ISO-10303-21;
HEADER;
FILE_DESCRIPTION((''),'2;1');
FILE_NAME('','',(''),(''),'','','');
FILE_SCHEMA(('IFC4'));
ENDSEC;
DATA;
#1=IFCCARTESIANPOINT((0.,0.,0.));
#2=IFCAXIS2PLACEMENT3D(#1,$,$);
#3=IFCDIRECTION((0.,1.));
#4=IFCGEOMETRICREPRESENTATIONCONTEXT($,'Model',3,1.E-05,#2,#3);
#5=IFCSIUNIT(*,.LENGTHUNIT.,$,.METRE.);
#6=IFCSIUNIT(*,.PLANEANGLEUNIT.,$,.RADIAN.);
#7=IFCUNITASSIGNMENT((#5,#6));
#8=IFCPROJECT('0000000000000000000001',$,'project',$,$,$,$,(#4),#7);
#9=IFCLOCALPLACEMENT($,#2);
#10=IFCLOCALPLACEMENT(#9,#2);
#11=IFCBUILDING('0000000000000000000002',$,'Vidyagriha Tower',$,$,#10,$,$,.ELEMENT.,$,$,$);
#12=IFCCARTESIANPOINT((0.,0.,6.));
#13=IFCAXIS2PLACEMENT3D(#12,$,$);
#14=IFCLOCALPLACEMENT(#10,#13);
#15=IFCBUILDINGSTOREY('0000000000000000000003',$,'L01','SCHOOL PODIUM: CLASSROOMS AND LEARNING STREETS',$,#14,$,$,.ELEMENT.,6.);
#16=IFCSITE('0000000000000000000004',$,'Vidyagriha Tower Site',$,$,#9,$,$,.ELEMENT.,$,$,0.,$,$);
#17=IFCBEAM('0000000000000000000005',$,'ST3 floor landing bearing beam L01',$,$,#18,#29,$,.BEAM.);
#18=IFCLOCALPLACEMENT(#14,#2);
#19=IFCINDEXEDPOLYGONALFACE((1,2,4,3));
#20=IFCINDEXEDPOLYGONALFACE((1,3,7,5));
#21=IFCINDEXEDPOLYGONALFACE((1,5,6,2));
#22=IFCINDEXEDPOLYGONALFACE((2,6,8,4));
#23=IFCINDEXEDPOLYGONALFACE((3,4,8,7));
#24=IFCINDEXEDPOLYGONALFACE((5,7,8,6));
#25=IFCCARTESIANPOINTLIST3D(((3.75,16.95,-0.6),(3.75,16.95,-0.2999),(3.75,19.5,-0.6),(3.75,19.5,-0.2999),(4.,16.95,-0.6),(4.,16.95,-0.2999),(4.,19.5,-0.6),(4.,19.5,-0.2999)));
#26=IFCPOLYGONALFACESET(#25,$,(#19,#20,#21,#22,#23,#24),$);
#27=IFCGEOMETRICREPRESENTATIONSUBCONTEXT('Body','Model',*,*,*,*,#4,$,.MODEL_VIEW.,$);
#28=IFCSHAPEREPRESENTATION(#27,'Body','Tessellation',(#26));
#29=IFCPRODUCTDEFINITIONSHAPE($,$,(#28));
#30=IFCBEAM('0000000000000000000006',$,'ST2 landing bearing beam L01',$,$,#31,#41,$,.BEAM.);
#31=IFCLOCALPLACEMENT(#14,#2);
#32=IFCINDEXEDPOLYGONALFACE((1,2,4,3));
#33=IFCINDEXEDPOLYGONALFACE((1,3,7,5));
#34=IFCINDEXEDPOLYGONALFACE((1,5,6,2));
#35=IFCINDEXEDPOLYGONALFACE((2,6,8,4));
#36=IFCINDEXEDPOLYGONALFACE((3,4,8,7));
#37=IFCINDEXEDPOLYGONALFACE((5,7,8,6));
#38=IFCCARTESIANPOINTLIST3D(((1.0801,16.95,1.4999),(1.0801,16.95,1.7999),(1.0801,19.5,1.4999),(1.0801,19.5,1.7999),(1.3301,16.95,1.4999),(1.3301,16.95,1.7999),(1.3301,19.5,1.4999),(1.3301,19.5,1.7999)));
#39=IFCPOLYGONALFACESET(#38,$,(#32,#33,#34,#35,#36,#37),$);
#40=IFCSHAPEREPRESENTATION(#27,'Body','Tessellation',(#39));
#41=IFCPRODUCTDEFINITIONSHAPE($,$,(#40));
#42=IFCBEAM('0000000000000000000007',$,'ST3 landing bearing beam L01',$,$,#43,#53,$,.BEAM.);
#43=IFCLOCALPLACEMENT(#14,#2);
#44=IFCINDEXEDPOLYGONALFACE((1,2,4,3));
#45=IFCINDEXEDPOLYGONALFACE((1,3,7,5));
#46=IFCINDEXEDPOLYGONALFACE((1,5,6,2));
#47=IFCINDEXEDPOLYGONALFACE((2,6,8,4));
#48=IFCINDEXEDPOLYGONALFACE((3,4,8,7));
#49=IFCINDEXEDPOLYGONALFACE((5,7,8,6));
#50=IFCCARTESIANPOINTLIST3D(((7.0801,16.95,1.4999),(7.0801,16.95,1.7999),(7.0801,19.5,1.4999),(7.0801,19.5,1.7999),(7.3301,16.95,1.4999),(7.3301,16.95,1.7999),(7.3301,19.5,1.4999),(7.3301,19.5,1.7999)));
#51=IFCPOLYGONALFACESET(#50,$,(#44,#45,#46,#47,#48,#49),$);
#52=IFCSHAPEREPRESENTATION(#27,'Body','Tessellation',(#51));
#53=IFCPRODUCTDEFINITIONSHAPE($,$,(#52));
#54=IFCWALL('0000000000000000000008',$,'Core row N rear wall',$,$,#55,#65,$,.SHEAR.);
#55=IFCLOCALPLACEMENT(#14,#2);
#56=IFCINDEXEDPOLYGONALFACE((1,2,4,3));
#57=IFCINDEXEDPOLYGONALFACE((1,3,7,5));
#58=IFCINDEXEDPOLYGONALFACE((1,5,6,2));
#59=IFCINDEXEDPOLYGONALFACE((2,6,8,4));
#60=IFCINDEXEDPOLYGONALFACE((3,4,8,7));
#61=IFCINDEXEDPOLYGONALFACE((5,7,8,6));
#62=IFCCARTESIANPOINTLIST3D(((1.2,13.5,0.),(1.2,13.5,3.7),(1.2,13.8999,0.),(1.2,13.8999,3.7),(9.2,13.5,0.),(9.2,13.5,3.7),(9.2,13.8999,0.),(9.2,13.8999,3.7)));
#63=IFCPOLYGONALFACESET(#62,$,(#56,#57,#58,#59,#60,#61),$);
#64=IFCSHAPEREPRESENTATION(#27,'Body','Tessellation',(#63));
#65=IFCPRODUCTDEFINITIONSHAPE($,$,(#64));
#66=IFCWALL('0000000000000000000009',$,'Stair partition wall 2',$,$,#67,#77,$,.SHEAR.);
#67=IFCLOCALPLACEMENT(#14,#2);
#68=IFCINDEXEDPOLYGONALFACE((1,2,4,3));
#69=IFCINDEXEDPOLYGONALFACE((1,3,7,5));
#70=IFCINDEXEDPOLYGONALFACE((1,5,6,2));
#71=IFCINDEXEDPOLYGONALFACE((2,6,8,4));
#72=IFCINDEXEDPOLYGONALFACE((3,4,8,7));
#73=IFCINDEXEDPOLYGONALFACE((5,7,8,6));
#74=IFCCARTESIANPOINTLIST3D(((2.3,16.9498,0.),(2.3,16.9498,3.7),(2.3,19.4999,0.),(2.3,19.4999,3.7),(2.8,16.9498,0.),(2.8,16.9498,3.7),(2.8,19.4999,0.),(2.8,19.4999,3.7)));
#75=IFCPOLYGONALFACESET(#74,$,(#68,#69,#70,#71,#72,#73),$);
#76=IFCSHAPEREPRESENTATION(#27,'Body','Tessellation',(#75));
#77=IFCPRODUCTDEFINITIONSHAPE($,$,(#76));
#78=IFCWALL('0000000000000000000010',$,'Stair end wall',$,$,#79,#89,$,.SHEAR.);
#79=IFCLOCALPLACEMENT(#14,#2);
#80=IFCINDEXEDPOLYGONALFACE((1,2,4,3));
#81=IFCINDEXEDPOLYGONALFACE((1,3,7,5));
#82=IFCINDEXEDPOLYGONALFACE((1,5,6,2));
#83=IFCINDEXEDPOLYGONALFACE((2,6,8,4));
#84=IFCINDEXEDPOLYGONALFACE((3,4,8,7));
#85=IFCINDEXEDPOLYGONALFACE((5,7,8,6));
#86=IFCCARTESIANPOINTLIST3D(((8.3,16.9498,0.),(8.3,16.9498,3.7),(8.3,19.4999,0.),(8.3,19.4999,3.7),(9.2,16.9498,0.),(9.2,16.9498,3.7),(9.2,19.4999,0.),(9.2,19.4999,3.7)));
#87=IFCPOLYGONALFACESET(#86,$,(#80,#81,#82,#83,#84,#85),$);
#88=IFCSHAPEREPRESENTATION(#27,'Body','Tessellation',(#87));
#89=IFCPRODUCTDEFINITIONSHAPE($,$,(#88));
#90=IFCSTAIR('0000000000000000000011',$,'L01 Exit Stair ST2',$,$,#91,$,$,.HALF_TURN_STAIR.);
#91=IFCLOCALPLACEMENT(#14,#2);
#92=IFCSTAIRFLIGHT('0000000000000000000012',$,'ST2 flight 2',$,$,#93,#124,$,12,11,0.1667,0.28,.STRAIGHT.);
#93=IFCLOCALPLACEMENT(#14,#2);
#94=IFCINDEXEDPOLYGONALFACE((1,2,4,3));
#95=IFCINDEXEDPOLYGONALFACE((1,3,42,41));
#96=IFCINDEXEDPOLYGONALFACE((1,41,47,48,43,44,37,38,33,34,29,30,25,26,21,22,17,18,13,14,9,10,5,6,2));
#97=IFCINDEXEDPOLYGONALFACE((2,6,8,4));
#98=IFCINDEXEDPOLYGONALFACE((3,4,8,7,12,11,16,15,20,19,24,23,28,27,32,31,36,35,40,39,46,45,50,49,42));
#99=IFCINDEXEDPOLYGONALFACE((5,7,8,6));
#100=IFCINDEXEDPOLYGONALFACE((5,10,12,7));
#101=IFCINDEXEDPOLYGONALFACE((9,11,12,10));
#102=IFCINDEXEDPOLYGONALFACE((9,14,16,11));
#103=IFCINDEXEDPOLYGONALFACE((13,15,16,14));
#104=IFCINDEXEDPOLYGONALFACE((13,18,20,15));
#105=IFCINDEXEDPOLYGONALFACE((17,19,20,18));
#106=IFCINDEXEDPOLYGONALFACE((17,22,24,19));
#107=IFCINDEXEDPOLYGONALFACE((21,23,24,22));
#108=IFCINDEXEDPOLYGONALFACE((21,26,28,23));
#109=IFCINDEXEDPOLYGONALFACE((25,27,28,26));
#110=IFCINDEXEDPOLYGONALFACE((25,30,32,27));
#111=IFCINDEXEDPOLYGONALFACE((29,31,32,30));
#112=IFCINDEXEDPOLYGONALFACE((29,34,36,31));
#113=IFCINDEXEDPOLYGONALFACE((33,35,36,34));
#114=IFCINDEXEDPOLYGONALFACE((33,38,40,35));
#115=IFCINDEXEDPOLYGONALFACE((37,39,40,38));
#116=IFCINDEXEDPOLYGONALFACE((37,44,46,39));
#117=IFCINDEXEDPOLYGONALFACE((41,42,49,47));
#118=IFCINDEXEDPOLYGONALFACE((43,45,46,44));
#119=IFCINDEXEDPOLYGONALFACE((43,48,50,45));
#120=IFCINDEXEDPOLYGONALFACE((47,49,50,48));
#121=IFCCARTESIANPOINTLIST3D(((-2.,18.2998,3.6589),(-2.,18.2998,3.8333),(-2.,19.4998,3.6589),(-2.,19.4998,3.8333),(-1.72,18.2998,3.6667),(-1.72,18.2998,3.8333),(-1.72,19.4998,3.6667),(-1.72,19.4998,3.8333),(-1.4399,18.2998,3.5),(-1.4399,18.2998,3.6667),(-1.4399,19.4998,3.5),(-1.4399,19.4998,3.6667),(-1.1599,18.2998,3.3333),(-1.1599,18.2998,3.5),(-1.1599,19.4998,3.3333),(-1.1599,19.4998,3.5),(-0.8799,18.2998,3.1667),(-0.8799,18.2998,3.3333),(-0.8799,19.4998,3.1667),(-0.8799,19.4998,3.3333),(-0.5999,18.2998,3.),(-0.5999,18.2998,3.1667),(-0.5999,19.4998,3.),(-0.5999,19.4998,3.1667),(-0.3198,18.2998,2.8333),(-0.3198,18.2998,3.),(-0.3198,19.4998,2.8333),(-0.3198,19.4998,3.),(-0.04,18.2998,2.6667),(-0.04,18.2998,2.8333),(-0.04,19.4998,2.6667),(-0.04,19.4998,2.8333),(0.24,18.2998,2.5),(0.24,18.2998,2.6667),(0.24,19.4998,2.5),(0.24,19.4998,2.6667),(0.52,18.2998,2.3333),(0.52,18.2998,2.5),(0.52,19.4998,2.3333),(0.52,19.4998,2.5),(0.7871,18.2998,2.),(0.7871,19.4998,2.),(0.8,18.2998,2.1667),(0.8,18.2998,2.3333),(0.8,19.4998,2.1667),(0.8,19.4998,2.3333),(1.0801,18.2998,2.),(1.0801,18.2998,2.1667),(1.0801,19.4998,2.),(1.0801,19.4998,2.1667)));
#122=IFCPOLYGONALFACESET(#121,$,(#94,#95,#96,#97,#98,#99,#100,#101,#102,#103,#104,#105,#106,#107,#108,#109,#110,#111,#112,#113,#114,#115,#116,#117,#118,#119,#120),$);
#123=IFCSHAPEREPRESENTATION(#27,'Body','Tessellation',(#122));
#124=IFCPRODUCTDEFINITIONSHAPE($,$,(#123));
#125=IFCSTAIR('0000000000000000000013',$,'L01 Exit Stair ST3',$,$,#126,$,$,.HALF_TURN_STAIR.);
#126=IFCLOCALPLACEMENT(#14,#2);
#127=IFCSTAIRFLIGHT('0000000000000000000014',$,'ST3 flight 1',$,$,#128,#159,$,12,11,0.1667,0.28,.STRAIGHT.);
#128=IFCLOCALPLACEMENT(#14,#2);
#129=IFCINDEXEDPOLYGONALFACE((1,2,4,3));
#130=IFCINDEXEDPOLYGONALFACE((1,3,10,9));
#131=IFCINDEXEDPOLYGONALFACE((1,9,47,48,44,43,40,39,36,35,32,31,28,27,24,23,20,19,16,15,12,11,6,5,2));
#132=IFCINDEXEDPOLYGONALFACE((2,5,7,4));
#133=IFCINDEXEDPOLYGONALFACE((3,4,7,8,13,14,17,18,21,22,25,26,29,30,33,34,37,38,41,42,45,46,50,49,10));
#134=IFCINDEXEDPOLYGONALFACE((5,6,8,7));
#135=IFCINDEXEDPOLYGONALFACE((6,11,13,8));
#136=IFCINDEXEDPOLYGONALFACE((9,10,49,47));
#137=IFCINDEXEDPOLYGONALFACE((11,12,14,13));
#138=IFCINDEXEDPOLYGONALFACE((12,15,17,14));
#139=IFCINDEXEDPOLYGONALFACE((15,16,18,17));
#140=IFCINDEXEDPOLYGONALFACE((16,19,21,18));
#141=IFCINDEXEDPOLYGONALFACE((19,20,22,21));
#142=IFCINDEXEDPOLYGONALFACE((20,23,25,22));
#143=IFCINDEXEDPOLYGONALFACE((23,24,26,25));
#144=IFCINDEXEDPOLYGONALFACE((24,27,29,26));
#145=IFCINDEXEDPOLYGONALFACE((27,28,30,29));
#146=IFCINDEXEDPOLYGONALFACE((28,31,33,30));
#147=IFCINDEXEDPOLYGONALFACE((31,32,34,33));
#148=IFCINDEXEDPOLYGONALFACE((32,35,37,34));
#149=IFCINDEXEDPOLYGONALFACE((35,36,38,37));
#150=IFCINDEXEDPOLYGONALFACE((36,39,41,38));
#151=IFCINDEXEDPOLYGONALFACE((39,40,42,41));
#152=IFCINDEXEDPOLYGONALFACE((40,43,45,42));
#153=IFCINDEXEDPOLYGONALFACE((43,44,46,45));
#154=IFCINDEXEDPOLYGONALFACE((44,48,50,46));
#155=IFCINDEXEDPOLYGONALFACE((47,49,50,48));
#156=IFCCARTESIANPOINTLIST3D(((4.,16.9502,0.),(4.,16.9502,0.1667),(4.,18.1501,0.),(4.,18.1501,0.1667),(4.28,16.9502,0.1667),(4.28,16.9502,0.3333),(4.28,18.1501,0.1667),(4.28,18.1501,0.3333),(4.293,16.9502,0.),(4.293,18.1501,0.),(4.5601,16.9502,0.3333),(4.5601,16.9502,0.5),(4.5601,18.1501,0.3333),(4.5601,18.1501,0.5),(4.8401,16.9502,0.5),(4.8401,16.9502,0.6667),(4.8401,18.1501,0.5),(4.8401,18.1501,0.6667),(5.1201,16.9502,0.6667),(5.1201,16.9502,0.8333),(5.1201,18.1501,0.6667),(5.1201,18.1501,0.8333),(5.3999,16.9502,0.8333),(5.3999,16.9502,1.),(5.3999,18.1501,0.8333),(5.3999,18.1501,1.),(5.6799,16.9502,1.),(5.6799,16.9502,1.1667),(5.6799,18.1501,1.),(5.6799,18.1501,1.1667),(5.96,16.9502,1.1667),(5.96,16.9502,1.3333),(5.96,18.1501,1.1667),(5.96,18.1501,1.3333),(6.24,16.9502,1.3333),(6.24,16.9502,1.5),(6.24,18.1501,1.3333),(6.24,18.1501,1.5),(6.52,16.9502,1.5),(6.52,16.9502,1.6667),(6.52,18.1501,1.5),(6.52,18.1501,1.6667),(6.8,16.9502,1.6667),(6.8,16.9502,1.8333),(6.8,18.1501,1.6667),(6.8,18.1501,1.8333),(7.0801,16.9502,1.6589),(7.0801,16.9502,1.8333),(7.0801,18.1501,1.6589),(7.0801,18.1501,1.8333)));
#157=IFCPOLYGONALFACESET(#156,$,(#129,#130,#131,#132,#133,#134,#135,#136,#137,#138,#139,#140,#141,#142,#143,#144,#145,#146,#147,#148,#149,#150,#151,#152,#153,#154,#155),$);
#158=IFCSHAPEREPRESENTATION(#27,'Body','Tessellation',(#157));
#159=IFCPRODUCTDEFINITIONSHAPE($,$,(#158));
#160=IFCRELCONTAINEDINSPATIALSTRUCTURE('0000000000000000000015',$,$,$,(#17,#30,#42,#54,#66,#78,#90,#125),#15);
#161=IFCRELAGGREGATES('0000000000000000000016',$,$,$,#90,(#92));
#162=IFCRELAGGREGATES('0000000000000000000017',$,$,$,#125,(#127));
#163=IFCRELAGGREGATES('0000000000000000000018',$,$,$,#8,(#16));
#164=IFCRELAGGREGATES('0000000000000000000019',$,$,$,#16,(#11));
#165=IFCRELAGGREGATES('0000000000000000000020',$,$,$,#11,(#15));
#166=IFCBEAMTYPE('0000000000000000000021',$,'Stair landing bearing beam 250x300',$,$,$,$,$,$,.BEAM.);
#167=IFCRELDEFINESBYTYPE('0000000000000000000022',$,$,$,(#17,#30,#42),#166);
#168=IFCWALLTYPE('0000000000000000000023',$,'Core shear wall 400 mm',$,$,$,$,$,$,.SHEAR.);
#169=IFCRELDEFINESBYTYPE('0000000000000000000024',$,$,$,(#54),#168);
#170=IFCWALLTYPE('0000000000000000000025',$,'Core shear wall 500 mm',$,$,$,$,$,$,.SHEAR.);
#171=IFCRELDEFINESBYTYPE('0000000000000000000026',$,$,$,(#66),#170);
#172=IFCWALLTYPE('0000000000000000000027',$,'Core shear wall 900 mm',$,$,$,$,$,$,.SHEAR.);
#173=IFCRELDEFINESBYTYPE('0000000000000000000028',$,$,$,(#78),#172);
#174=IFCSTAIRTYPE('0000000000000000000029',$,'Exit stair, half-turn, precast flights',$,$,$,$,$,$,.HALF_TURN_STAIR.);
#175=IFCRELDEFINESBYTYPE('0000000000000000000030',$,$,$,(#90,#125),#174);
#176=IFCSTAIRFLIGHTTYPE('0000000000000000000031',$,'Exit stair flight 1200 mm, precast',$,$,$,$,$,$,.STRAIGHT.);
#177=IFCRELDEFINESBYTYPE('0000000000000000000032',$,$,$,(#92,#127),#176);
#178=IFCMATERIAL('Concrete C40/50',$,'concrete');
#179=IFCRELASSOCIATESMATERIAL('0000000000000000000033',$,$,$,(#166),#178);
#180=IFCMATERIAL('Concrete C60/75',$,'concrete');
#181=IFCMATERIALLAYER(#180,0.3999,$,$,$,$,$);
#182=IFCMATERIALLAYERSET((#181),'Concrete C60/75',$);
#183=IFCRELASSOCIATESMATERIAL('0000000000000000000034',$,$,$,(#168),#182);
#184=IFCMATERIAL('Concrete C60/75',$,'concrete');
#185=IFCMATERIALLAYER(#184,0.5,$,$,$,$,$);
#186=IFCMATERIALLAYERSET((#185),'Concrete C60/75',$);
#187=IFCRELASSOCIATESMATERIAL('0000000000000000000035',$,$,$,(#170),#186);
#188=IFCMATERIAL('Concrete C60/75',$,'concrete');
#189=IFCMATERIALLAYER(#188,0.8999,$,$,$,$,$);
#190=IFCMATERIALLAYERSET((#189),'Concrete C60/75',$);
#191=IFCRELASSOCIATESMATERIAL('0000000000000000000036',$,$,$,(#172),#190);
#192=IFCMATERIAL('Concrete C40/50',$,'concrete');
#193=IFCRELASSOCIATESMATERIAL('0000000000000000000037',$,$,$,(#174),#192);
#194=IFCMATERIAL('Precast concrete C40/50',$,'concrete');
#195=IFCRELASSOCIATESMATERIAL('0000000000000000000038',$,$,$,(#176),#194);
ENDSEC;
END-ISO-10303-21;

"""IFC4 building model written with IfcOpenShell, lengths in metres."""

from ifc_helpers import new_model, si_unit, direction, frame, frame_2d, origin, origin_2d, place, context, subcontext, project, spatial, polyline, rectangle, outline, extrude, material, layer, layer_set, material_profile, profile_set, type_object, element, aggregate, save


model = new_model("IFC4")

# Units and contexts
model_context = context("Model", 3, precision=1e-05, world=origin(), true_north=direction((0.0, 1.0)))
body_context = subcontext(model_context, "Body", "Model", "MODEL_VIEW")
ifc_project = project(units=[si_unit("LENGTHUNIT", "METRE"), si_unit("PLANEANGLEUNIT", "RADIAN")], contexts=[model_context])

# Site, building, storey
site_placement = place(None, origin())
site = spatial("IfcSite", under=ifc_project, at=site_placement, Name="Vidyagriha Tower Site", CompositionType="ELEMENT", RefElevation=0.0)
building_placement = place(site_placement, origin())
building = spatial("IfcBuilding", under=site, at=building_placement, Name="Vidyagriha Tower", CompositionType="ELEMENT")
storey_placement = place(building_placement, frame((0.0, 0.0, 6.0)))
storey = spatial("IfcBuildingStorey", under=building, at=storey_placement, Name="L01", Description="SCHOOL PODIUM: CLASSROOMS AND LEARNING STREETS", CompositionType="ELEMENT", Elevation=6.0)

# Beams
ifc_material_1 = material(Name="Concrete C40/50", Category="concrete")
ifc_material_profile = material_profile(ifc_material_1, rectangle(XDim=0.25, YDim=0.3, at=origin_2d()), Name="Stair landing bearing beam 250x300")
ifc_profile_set = profile_set([ifc_material_profile], Name="Concrete C40/50")
beam_type = type_object("IfcBeamType", Name="Stair landing bearing beam 250x300", PredefinedType="BEAM", material=ifc_profile_set)
for number, where, z_axis, x_axis, name in (
    (1, (3.875, 16.95, -0.45), (0.0, 1.0, 0.0), (-1.0, 0.0, 0.0), "ST3 floor landing bearing beam L01"),
    (2, (1.2051, 16.95, 1.6499), (0.0, 1.0, 0.0), (-1.0, 0.0, 0.0), "ST2 landing bearing beam L01"),
    (3, (7.2051, 16.95, 1.6499), (0.0, 1.0, 0.0), (-1.0, 0.0, 0.0), "ST3 landing bearing beam L01"),
):
    element("IfcBeam", number, at=place(storey_placement, frame(where, z_axis=z_axis, x_axis=x_axis)), inside=storey, type_object=beam_type, Name=name, PredefinedType="BEAM", context=body_context, shape_type="SweptSolid", body=[
        extrude(rectangle(XDim=0.25, YDim=0.3, at=origin_2d()), origin(), (0.0, 0.0, 1.0), 2.55),
    ])

# Walls
ifc_material_2 = material(Name="Concrete C60/75", Category="concrete")
ifc_layer_1 = layer(ifc_material_2, 0.3999)
ifc_layer_set_1 = layer_set([ifc_layer_1], Name="Concrete C60/75")
wall_type_1 = type_object("IfcWallType", Name="Core shear wall 400 mm", PredefinedType="SHEAR", material=ifc_layer_set_1)
wall_1_placement = place(storey_placement, frame((1.2, 13.7, 0.0)))
element("IfcWall", 4, at=wall_1_placement, inside=storey, type_object=wall_type_1, Name="Core row N rear wall", PredefinedType="SHEAR", context=body_context, shape_type="SweptSolid", body=[
    extrude(rectangle(XDim=8.0, YDim=0.3999, at=frame_2d((4.0, 0.0))), origin(), (0.0, 0.0, 1.0), 3.7),
])
ifc_material_3 = material(Name="Concrete C60/75", Category="concrete")
ifc_layer_2 = layer(ifc_material_3, 0.5)
ifc_layer_set_2 = layer_set([ifc_layer_2], Name="Concrete C60/75")
wall_type_2 = type_object("IfcWallType", Name="Core shear wall 500 mm", PredefinedType="SHEAR", material=ifc_layer_set_2)
wall_2_placement = place(storey_placement, frame((2.55, 16.95, 0.0), z_axis=(0.0, 0.0, 1.0), x_axis=(0.0, 1.0, 0.0)))
element("IfcWall", 5, at=wall_2_placement, inside=storey, type_object=wall_type_2, Name="Stair partition wall 2", PredefinedType="SHEAR", context=body_context, shape_type="SweptSolid", body=[
    extrude(rectangle(XDim=2.55, YDim=0.5, at=frame_2d((1.2749, 0.0))), origin(), (0.0, 0.0, 1.0), 3.7),
])
ifc_material_4 = material(Name="Concrete C60/75", Category="concrete")
ifc_layer_3 = layer(ifc_material_4, 0.8999)
ifc_layer_set_3 = layer_set([ifc_layer_3], Name="Concrete C60/75")
wall_type_3 = type_object("IfcWallType", Name="Core shear wall 900 mm", PredefinedType="SHEAR", material=ifc_layer_set_3)
wall_3_placement = place(storey_placement, frame((8.75, 16.95, 0.0), z_axis=(0.0, 0.0, 1.0), x_axis=(0.0, 1.0, 0.0)))
element("IfcWall", 6, at=wall_3_placement, inside=storey, type_object=wall_type_3, Name="Stair end wall", PredefinedType="SHEAR", context=body_context, shape_type="SweptSolid", body=[
    extrude(rectangle(XDim=2.55, YDim=0.8999, at=frame_2d((1.2749, 0.0))), origin(), (0.0, 0.0, 1.0), 3.7),
])

# Stair, stair flight
ifc_material_5 = material(Name="Concrete C40/50", Category="concrete")
stair_type = type_object("IfcStairType", Name="Exit stair, half-turn, precast flights", PredefinedType="HALF_TURN_STAIR", material=ifc_material_5)
stair_1_placement = place(storey_placement, origin())
stair_1 = element("IfcStair", 7, at=stair_1_placement, inside=storey, type_object=stair_type, Name="L01 Exit Stair ST2", PredefinedType="HALF_TURN_STAIR")
ifc_material_6 = material(Name="Precast concrete C40/50", Category="concrete")
stair_flight_type = type_object("IfcStairFlightType", Name="Exit stair flight 1200 mm, precast", PredefinedType="STRAIGHT", material=ifc_material_6)
stair_flight_1_placement = place(storey_placement, frame((1.0801, 18.8999, 2.0), z_axis=(0.0, 0.0, 1.0), x_axis=(-1.0, 0.0, 0.0)))
stair_flight_1 = element("IfcStairFlight", 8, at=stair_flight_1_placement, type_object=stair_flight_type, Name="ST2 flight 2", NumberOfRisers=12, NumberOfTreads=11, PredefinedType="STRAIGHT", RiserHeight=0.1667, TreadLength=0.28, context=body_context, shape_type="SweptSolid", body=[
    extrude(outline(polyline([(0.0, 0.0), (0.0, 0.1667), (0.28, 0.1667), (0.28, 0.3333), (0.5601, 0.3333), (0.5601, 0.5), (0.8401, 0.5), (0.8401, 0.6667), (1.1201, 0.6667), (1.1201, 0.8333), (1.3999, 0.8333), (1.3999, 1.0), (1.6799, 1.0), (1.6799, 1.1667), (1.96, 1.1667), (1.96, 1.3333), (2.24, 1.3333), (2.24, 1.5), (2.52, 1.5), (2.52, 1.6667), (2.8, 1.6667), (2.8, 1.8333), (3.0801, 1.8333), (3.0801, 2.0), (3.0801, 1.6589), (0.293, 0.0), (0.0, 0.0)])), frame((0.0, 0.6001, 0.0), z_axis=(0.0, -1.0, 0.0), x_axis=(1.0, 0.0, 0.0)), (0.0, 0.0, 1.0), 1.2),
])
aggregate(stair_1, [stair_flight_1])

# Stair, stair flight
stair_2_placement = place(storey_placement, origin())
stair_2 = element("IfcStair", 9, at=stair_2_placement, inside=storey, type_object=stair_type, Name="L01 Exit Stair ST3", PredefinedType="HALF_TURN_STAIR")
stair_flight_2_placement = place(storey_placement, frame((4.0, 17.55, 0.0)))
stair_flight_2 = element("IfcStairFlight", 10, at=stair_flight_2_placement, type_object=stair_flight_type, Name="ST3 flight 1", NumberOfRisers=12, NumberOfTreads=11, PredefinedType="STRAIGHT", RiserHeight=0.1667, TreadLength=0.28, context=body_context, shape_type="SweptSolid", body=[
    extrude(outline(polyline([(0.0, 0.0), (0.0, 0.1667), (0.28, 0.1667), (0.28, 0.3333), (0.5601, 0.3333), (0.5601, 0.5), (0.8401, 0.5), (0.8401, 0.6667), (1.1201, 0.6667), (1.1201, 0.8333), (1.3999, 0.8333), (1.3999, 1.0), (1.6799, 1.0), (1.6799, 1.1667), (1.96, 1.1667), (1.96, 1.3333), (2.24, 1.3333), (2.24, 1.5), (2.52, 1.5), (2.52, 1.6667), (2.8, 1.6667), (2.8, 1.8333), (3.0801, 1.8333), (3.0801, 2.0), (3.0801, 1.6589), (0.293, 0.0), (0.0, 0.0)])), frame((0.0, 0.6001, 0.0), z_axis=(0.0, -1.0, 0.0), x_axis=(1.0, 0.0, 0.0)), (0.0, 0.0, 1.0), 1.2),
])
aggregate(stair_2, [stair_flight_2])

save(model, "model.ifc")
